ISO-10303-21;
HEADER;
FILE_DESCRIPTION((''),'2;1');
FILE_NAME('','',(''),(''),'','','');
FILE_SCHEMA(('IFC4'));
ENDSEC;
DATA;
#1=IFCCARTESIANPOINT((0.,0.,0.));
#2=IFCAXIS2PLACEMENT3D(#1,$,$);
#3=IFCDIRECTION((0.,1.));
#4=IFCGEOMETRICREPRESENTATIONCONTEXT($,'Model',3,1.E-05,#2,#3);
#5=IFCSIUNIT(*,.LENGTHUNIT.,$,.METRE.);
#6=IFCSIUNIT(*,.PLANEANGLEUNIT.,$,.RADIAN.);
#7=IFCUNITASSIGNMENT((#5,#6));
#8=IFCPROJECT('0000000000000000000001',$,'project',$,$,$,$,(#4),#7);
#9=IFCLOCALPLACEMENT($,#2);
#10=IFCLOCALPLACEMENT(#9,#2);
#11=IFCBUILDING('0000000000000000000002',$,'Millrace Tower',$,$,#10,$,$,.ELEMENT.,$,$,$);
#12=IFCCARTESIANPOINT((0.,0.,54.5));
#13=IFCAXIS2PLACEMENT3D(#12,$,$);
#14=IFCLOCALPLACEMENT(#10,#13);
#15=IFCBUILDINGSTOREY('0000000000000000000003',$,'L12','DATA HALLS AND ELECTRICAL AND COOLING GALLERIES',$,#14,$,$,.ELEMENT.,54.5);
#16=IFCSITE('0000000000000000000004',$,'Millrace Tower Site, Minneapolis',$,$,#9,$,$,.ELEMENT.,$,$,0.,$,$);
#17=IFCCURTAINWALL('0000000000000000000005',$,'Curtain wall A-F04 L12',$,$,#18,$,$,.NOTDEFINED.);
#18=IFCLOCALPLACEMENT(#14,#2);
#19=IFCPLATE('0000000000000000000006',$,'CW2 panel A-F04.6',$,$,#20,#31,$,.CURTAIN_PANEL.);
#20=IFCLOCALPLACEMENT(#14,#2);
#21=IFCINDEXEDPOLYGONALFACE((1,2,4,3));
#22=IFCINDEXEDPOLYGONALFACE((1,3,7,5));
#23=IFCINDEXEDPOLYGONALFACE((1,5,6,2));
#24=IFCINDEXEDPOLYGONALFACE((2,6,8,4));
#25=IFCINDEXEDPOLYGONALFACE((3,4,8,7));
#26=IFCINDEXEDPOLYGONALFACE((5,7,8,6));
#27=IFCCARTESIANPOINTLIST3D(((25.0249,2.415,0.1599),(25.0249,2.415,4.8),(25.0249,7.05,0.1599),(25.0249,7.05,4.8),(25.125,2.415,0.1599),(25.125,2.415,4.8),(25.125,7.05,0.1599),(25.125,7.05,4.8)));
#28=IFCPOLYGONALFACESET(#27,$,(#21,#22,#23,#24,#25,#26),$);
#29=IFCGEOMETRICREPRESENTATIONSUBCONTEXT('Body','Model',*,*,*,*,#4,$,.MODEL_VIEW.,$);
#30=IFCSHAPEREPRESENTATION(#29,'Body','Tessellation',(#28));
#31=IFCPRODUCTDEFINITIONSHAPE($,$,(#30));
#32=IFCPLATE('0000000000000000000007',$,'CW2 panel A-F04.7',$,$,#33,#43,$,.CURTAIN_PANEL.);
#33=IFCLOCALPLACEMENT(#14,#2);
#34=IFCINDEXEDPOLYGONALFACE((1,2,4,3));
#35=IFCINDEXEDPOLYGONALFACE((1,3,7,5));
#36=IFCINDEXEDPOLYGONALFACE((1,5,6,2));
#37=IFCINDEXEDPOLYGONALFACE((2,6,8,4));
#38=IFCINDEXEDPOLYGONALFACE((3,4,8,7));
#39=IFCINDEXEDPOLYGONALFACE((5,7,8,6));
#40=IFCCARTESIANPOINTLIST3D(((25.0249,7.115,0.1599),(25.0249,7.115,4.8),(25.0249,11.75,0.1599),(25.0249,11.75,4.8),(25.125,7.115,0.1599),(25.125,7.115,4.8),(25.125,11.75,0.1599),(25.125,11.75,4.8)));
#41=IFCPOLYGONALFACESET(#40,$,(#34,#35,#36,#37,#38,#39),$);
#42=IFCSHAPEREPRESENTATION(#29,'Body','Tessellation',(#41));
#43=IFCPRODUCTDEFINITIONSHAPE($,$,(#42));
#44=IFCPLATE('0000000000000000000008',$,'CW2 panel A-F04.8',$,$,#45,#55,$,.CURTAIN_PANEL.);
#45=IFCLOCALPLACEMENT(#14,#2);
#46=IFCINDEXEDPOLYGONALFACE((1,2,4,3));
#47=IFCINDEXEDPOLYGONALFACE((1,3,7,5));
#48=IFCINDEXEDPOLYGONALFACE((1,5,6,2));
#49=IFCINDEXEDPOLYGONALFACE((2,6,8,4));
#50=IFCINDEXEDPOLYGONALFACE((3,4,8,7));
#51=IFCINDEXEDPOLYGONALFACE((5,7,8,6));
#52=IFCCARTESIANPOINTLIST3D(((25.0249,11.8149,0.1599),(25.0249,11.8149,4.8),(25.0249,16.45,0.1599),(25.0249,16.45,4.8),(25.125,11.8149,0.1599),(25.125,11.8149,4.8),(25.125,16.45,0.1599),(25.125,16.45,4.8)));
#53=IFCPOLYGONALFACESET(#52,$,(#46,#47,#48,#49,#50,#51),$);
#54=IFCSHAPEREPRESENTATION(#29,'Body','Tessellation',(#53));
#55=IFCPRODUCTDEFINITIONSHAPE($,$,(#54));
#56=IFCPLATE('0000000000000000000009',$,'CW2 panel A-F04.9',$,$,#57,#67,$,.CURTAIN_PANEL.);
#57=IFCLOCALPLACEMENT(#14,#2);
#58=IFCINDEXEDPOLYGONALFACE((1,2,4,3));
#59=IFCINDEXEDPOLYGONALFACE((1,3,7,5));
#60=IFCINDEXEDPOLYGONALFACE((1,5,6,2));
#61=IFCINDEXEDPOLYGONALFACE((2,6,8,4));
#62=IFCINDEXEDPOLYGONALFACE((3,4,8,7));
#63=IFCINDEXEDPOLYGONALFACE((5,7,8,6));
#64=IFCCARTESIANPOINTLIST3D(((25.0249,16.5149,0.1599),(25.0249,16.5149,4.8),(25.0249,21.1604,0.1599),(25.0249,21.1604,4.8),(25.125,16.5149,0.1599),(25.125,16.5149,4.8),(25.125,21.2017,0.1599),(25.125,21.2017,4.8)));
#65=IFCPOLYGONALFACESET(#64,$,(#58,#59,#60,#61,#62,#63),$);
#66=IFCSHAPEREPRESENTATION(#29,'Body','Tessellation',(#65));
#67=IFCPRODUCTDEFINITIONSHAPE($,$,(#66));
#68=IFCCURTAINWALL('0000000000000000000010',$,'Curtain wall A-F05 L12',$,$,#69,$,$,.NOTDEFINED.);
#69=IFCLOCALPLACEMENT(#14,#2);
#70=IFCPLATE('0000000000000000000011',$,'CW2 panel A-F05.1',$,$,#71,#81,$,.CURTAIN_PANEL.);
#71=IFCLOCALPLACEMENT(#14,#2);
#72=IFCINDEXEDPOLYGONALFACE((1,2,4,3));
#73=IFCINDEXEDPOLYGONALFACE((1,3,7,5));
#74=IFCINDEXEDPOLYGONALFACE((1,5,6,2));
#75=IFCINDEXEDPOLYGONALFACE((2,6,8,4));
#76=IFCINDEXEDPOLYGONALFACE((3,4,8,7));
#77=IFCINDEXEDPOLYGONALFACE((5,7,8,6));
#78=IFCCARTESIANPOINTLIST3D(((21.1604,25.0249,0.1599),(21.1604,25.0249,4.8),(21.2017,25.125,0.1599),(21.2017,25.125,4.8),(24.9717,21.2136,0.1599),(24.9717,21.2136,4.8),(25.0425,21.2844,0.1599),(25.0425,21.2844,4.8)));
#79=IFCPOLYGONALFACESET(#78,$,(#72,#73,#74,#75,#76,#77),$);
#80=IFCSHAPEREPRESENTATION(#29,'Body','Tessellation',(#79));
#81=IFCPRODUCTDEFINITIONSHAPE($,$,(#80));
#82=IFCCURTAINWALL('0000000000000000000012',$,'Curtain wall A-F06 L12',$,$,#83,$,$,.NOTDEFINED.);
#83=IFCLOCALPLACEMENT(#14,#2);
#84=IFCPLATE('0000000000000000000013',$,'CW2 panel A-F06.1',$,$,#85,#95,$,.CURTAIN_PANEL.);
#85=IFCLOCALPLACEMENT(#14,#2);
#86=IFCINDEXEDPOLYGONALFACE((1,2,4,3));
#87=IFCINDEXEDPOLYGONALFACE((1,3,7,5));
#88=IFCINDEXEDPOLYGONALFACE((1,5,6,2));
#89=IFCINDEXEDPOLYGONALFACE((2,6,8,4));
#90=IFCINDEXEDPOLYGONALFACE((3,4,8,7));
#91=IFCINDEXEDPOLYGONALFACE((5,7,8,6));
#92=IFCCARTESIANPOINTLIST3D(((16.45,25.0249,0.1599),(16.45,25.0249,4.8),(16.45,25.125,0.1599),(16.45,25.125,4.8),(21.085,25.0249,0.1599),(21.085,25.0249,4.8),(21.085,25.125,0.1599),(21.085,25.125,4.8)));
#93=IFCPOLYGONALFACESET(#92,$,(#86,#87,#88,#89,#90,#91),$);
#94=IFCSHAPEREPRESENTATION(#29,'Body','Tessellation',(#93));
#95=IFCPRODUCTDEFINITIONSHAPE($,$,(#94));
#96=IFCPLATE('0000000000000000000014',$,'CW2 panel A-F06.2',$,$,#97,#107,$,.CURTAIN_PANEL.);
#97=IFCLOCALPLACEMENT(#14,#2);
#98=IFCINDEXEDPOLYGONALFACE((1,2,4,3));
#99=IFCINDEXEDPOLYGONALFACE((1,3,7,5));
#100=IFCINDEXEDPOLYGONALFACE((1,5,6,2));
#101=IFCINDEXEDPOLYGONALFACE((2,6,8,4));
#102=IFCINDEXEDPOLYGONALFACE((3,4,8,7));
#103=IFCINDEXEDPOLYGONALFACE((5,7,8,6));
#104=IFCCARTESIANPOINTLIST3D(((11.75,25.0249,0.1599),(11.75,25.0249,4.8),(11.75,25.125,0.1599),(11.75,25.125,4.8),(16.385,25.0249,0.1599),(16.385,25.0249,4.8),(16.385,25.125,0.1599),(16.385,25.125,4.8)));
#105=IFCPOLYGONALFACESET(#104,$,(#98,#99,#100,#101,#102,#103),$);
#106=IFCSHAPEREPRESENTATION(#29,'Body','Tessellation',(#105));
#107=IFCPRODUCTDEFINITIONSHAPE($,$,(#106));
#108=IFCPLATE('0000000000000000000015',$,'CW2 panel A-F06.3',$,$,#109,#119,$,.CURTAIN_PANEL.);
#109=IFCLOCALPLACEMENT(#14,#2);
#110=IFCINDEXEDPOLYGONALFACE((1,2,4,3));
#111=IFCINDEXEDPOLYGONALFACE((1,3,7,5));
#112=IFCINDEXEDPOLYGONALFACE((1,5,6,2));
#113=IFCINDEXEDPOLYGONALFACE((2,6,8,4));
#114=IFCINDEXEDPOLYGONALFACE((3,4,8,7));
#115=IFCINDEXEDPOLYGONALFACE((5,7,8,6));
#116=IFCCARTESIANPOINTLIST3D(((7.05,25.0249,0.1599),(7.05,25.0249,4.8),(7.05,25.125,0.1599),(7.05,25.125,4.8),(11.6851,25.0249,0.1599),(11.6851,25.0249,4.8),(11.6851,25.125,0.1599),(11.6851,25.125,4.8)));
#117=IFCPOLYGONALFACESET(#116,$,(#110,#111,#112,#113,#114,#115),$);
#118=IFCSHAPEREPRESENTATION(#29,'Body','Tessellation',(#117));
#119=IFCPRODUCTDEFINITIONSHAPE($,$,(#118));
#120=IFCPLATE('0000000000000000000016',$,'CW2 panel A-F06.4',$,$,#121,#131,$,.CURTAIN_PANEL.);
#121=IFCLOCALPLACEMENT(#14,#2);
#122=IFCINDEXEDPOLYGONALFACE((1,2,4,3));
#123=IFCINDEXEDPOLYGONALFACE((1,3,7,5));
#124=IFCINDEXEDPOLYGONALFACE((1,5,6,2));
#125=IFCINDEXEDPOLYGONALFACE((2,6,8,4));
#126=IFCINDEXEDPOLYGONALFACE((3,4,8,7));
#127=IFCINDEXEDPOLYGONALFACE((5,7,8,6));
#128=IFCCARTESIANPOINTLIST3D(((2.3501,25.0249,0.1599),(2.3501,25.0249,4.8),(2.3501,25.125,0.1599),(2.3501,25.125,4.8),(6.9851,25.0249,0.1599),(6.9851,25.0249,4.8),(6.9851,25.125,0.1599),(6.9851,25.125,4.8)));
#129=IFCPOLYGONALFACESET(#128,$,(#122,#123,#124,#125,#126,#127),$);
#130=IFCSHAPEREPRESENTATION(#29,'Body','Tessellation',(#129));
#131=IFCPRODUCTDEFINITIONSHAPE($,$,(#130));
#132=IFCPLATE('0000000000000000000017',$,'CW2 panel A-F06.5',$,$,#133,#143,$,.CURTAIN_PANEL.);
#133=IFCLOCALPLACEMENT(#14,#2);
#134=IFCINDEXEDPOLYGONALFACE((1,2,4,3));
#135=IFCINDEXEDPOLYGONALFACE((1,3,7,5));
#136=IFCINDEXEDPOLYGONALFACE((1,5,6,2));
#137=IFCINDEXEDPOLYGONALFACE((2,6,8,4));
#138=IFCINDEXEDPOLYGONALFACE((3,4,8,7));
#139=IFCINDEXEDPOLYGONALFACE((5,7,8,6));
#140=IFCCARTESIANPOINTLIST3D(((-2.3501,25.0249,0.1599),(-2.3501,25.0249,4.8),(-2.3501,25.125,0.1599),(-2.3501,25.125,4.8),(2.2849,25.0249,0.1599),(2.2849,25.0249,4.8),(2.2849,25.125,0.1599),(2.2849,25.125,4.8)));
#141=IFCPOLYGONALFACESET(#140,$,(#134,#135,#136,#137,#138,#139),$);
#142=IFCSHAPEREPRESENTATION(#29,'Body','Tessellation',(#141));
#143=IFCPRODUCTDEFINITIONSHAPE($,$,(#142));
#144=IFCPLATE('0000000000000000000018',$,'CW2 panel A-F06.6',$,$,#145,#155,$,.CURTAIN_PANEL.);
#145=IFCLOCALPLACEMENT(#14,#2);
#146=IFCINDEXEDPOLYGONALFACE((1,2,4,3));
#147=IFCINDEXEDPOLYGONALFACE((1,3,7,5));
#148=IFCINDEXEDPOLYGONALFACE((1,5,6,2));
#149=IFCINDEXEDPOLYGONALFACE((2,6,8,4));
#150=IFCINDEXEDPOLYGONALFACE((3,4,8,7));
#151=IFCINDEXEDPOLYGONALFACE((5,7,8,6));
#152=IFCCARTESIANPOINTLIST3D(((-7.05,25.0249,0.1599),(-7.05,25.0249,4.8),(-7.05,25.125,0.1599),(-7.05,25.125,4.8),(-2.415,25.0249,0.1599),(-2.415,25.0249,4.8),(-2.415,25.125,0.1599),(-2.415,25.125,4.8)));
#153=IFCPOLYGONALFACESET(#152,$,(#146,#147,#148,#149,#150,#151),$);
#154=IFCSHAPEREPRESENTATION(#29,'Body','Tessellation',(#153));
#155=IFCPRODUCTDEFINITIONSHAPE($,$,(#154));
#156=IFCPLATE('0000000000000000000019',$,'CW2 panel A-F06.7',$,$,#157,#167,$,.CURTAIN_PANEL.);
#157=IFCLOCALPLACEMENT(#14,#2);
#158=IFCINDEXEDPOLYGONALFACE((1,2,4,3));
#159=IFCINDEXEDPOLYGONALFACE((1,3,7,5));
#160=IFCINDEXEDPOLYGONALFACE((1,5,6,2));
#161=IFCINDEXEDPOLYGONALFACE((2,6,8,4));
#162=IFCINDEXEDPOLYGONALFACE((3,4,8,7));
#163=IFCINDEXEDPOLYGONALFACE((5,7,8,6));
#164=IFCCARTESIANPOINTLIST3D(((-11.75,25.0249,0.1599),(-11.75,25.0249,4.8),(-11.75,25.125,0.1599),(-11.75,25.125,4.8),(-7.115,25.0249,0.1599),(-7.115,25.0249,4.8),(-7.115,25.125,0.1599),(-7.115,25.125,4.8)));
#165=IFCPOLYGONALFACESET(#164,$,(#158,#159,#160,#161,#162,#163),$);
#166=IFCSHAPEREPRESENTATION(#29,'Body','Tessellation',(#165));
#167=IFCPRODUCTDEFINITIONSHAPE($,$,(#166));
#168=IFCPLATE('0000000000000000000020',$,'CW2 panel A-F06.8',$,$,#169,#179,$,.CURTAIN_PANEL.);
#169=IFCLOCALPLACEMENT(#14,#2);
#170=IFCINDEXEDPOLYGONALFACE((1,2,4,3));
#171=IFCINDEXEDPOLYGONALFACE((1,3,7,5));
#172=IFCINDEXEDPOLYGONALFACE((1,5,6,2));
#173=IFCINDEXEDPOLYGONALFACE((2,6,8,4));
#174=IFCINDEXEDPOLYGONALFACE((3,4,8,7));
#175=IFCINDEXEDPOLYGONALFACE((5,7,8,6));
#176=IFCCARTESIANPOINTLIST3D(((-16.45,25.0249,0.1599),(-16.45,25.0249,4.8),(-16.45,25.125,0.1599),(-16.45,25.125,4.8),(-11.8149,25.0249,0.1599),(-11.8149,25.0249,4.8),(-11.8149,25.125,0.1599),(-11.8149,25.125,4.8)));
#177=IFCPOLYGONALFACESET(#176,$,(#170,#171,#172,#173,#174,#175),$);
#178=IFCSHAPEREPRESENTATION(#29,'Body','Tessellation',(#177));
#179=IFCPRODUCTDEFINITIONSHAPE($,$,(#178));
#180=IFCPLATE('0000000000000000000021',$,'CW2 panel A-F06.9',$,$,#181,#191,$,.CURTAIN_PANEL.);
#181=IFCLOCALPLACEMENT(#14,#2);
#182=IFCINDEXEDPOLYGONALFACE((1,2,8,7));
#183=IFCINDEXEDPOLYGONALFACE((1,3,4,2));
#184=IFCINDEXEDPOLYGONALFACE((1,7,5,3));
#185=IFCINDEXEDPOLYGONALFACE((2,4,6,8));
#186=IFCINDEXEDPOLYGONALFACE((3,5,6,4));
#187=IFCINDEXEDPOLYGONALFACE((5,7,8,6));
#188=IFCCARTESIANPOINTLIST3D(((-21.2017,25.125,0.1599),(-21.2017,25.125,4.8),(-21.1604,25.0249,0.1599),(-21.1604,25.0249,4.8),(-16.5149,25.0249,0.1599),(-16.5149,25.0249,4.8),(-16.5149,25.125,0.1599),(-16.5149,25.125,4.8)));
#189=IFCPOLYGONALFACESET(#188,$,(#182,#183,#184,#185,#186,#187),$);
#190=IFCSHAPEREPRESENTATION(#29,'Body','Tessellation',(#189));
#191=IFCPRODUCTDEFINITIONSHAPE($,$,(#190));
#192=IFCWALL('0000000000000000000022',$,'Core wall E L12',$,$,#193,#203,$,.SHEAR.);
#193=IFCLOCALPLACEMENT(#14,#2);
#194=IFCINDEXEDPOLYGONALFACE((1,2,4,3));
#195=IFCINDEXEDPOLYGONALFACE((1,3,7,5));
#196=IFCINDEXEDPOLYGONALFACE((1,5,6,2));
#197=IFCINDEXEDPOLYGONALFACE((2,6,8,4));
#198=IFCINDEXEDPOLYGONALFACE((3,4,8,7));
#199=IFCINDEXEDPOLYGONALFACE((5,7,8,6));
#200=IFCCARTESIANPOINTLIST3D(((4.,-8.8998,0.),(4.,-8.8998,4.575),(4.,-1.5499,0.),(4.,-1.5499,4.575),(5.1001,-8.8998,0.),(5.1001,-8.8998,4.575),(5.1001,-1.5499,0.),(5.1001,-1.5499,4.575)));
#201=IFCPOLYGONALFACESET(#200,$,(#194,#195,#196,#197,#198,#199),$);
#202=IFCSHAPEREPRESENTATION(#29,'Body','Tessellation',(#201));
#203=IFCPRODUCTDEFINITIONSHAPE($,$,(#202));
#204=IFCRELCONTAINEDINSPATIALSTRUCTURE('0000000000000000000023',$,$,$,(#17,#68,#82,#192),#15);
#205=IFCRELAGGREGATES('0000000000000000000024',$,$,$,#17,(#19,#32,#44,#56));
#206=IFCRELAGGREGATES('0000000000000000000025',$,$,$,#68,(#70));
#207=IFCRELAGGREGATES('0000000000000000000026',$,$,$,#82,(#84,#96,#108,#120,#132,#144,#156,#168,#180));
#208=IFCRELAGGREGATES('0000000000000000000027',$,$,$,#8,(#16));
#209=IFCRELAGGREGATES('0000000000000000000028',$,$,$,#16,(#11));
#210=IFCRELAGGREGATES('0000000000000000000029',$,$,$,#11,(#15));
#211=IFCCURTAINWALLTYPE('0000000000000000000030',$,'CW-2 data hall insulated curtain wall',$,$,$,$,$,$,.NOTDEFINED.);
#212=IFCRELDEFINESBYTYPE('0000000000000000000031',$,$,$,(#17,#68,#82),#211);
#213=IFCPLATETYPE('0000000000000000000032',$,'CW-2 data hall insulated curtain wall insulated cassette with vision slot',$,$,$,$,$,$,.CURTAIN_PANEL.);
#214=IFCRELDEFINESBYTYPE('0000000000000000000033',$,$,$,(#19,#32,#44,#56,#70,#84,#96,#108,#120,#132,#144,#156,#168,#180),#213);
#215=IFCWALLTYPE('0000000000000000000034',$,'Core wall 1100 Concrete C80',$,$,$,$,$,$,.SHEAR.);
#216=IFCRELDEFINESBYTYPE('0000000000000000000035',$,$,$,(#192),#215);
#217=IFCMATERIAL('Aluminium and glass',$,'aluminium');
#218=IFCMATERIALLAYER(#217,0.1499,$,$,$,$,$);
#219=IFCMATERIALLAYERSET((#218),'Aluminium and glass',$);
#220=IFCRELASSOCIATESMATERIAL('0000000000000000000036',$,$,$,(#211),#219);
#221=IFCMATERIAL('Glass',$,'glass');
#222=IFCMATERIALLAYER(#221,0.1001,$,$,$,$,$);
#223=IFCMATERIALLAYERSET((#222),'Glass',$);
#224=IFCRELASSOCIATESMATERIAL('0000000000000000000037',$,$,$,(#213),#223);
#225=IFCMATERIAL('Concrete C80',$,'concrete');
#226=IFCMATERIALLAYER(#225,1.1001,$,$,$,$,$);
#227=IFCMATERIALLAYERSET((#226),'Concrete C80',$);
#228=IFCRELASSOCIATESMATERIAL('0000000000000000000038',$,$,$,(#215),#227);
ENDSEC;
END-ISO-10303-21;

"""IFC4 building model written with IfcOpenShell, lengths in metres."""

from ifc_helpers import new_model, si_unit, direction, frame, frame_2d, origin, place, context, subcontext, project, spatial, polyline, rectangle, outline, extrude, material, layer, layer_set, type_object, element, aggregate, save


model = new_model("IFC4")

# Units and contexts
model_context = context("Model", 3, precision=1e-05, world=origin(), true_north=direction((0.0, 1.0)))
body_context = subcontext(model_context, "Body", "Model", "MODEL_VIEW")
ifc_project = project(units=[si_unit("LENGTHUNIT", "METRE"), si_unit("PLANEANGLEUNIT", "RADIAN")], contexts=[model_context])

# Site, building, storey
site_placement = place(None, origin())
site = spatial("IfcSite", under=ifc_project, at=site_placement, Name="Millrace Tower Site, Minneapolis", CompositionType="ELEMENT", RefElevation=0.0)
building_placement = place(site_placement, origin())
building = spatial("IfcBuilding", under=site, at=building_placement, Name="Millrace Tower", CompositionType="ELEMENT")
storey_placement = place(building_placement, frame((0.0, 0.0, 54.5)))
storey = spatial("IfcBuildingStorey", under=building, at=storey_placement, Name="L12", Description="DATA HALLS AND ELECTRICAL AND COOLING GALLERIES", CompositionType="ELEMENT", Elevation=54.5)

# Curtain wall, plates
ifc_material_1 = material(Name="Aluminium and glass", Category="aluminium")
ifc_layer_1 = layer(ifc_material_1, 0.1499)
ifc_layer_set_1 = layer_set([ifc_layer_1], Name="Aluminium and glass")
curtain_wall_type = type_object("IfcCurtainWallType", Name="CW-2 data hall insulated curtain wall", PredefinedType="NOTDEFINED", material=ifc_layer_set_1)
placement_1 = place(storey_placement, origin())
curtain_wall_1 = element("IfcCurtainWall", 1, at=placement_1, inside=storey, type_object=curtain_wall_type, Name="Curtain wall A-F04 L12", PredefinedType="NOTDEFINED")
ifc_material_2 = material(Name="Glass", Category="glass")
ifc_layer_2 = layer(ifc_material_2, 0.1001)
ifc_layer_set_2 = layer_set([ifc_layer_2], Name="Glass")
plate_type = type_object("IfcPlateType", Name="CW-2 data hall insulated curtain wall insulated cassette with vision slot", PredefinedType="CURTAIN_PANEL", material=ifc_layer_set_2)
placement_2 = place(storey_placement, frame((0.0, 0.0, 0.1599)))
plate_1 = element("IfcPlate", 2, at=placement_2, type_object=plate_type, Name="CW2 panel A-F04.6", PredefinedType="CURTAIN_PANEL", context=body_context, shape_type="SweptSolid", body=[
    extrude(outline(polyline([(25.125, 2.415), (25.125, 7.05), (25.0249, 7.05), (25.0249, 2.415), (25.125, 2.415)])), origin(), (0.0, 0.0, 1.0), 4.6401),
])
plate_2 = element("IfcPlate", 3, at=placement_2, type_object=plate_type, Name="CW2 panel A-F04.7", PredefinedType="CURTAIN_PANEL", context=body_context, shape_type="SweptSolid", body=[
    extrude(outline(polyline([(25.125, 7.115), (25.125, 11.75), (25.0249, 11.75), (25.0249, 7.115), (25.125, 7.115)])), origin(), (0.0, 0.0, 1.0), 4.6401),
])
plate_3 = element("IfcPlate", 4, at=placement_2, type_object=plate_type, Name="CW2 panel A-F04.8", PredefinedType="CURTAIN_PANEL", context=body_context, shape_type="SweptSolid", body=[
    extrude(outline(polyline([(25.125, 11.8149), (25.125, 16.45), (25.0249, 16.45), (25.0249, 11.8149), (25.125, 11.8149)])), origin(), (0.0, 0.0, 1.0), 4.6401),
])
plate_4 = element("IfcPlate", 5, at=placement_2, type_object=plate_type, Name="CW2 panel A-F04.9", PredefinedType="CURTAIN_PANEL", context=body_context, shape_type="SweptSolid", body=[
    extrude(outline(polyline([(25.125, 16.5149), (25.125, 21.2017), (25.0249, 21.1604), (25.0249, 16.5149), (25.125, 16.5149)])), origin(), (0.0, 0.0, 1.0), 4.6401),
])
aggregate(curtain_wall_1, [plate_1, plate_2, plate_3, plate_4])

# Curtain wall, plate
curtain_wall_2 = element("IfcCurtainWall", 6, at=placement_1, inside=storey, type_object=curtain_wall_type, Name="Curtain wall A-F05 L12", PredefinedType="NOTDEFINED")
plate_5 = element("IfcPlate", 7, at=placement_2, type_object=plate_type, Name="CW2 panel A-F05.1", PredefinedType="CURTAIN_PANEL", context=body_context, shape_type="SweptSolid", body=[
    extrude(outline(polyline([(25.0425, 21.2844), (21.2017, 25.125), (21.1604, 25.0249), (24.9717, 21.2136), (25.0425, 21.2844)])), origin(), (0.0, 0.0, 1.0), 4.6401),
])
aggregate(curtain_wall_2, [plate_5])

# Curtain wall, plates
curtain_wall_3 = element("IfcCurtainWall", 8, at=placement_1, inside=storey, type_object=curtain_wall_type, Name="Curtain wall A-F06 L12", PredefinedType="NOTDEFINED")
plate_6 = element("IfcPlate", 9, at=placement_2, type_object=plate_type, Name="CW2 panel A-F06.1", PredefinedType="CURTAIN_PANEL", context=body_context, shape_type="SweptSolid", body=[
    extrude(outline(polyline([(21.085, 25.125), (16.45, 25.125), (16.45, 25.0249), (21.085, 25.0249), (21.085, 25.125)])), origin(), (0.0, 0.0, 1.0), 4.6401),
])
plate_7 = element("IfcPlate", 10, at=placement_2, type_object=plate_type, Name="CW2 panel A-F06.2", PredefinedType="CURTAIN_PANEL", context=body_context, shape_type="SweptSolid", body=[
    extrude(outline(polyline([(16.385, 25.125), (11.75, 25.125), (11.75, 25.0249), (16.385, 25.0249), (16.385, 25.125)])), origin(), (0.0, 0.0, 1.0), 4.6401),
])
plate_8 = element("IfcPlate", 11, at=placement_2, type_object=plate_type, Name="CW2 panel A-F06.3", PredefinedType="CURTAIN_PANEL", context=body_context, shape_type="SweptSolid", body=[
    extrude(outline(polyline([(11.6851, 25.125), (7.05, 25.125), (7.05, 25.0249), (11.6851, 25.0249), (11.6851, 25.125)])), origin(), (0.0, 0.0, 1.0), 4.6401),
])
plate_9 = element("IfcPlate", 12, at=placement_2, type_object=plate_type, Name="CW2 panel A-F06.4", PredefinedType="CURTAIN_PANEL", context=body_context, shape_type="SweptSolid", body=[
    extrude(outline(polyline([(6.9851, 25.125), (2.3501, 25.125), (2.3501, 25.0249), (6.9851, 25.0249), (6.9851, 25.125)])), origin(), (0.0, 0.0, 1.0), 4.6401),
])
plate_10 = element("IfcPlate", 13, at=placement_2, type_object=plate_type, Name="CW2 panel A-F06.5", PredefinedType="CURTAIN_PANEL", context=body_context, shape_type="SweptSolid", body=[
    extrude(outline(polyline([(2.2849, 25.125), (-2.3501, 25.125), (-2.3501, 25.0249), (2.2849, 25.0249), (2.2849, 25.125)])), origin(), (0.0, 0.0, 1.0), 4.6401),
])
plate_11 = element("IfcPlate", 14, at=placement_2, type_object=plate_type, Name="CW2 panel A-F06.6", PredefinedType="CURTAIN_PANEL", context=body_context, shape_type="SweptSolid", body=[
    extrude(outline(polyline([(-2.415, 25.125), (-7.05, 25.125), (-7.05, 25.0249), (-2.415, 25.0249), (-2.415, 25.125)])), origin(), (0.0, 0.0, 1.0), 4.6401),
])
plate_12 = element("IfcPlate", 15, at=placement_2, type_object=plate_type, Name="CW2 panel A-F06.7", PredefinedType="CURTAIN_PANEL", context=body_context, shape_type="SweptSolid", body=[
    extrude(outline(polyline([(-7.115, 25.125), (-11.75, 25.125), (-11.75, 25.0249), (-7.115, 25.0249), (-7.115, 25.125)])), origin(), (0.0, 0.0, 1.0), 4.6401),
])
plate_13 = element("IfcPlate", 16, at=placement_2, type_object=plate_type, Name="CW2 panel A-F06.8", PredefinedType="CURTAIN_PANEL", context=body_context, shape_type="SweptSolid", body=[
    extrude(outline(polyline([(-11.8149, 25.125), (-16.45, 25.125), (-16.45, 25.0249), (-11.8149, 25.0249), (-11.8149, 25.125)])), origin(), (0.0, 0.0, 1.0), 4.6401),
])
plate_14 = element("IfcPlate", 17, at=placement_2, type_object=plate_type, Name="CW2 panel A-F06.9", PredefinedType="CURTAIN_PANEL", context=body_context, shape_type="SweptSolid", body=[
    extrude(outline(polyline([(-16.5149, 25.125), (-21.2017, 25.125), (-21.1604, 25.0249), (-16.5149, 25.0249), (-16.5149, 25.125)])), origin(), (0.0, 0.0, 1.0), 4.6401),
])
aggregate(curtain_wall_3, [plate_6, plate_7, plate_8, plate_9, plate_10, plate_11, plate_12, plate_13, plate_14])

# Wall
ifc_material_3 = material(Name="Concrete C80", Category="concrete")
ifc_layer_3 = layer(ifc_material_3, 1.1001)
ifc_layer_set_3 = layer_set([ifc_layer_3], Name="Concrete C80")
wall_type_1 = type_object("IfcWallType", Name="Core wall 1100 Concrete C80", PredefinedType="SHEAR", material=ifc_layer_set_3)
wall_1_placement = place(storey_placement, frame((4.55, -1.55, 0.0), z_axis=(0.0, 0.0, 1.0), x_axis=(0.0, -1.0, 0.0)))
element("IfcWall", 18, at=wall_1_placement, inside=storey, type_object=wall_type_1, Name="Core wall E L12", PredefinedType="SHEAR", context=body_context, shape_type="SweptSolid", body=[
    extrude(rectangle(XDim=7.3499, YDim=1.1001, at=frame_2d((3.6748, 0.0))), origin(), (0.0, 0.0, 1.0), 4.575),
])

save(model, "model.ifc")
